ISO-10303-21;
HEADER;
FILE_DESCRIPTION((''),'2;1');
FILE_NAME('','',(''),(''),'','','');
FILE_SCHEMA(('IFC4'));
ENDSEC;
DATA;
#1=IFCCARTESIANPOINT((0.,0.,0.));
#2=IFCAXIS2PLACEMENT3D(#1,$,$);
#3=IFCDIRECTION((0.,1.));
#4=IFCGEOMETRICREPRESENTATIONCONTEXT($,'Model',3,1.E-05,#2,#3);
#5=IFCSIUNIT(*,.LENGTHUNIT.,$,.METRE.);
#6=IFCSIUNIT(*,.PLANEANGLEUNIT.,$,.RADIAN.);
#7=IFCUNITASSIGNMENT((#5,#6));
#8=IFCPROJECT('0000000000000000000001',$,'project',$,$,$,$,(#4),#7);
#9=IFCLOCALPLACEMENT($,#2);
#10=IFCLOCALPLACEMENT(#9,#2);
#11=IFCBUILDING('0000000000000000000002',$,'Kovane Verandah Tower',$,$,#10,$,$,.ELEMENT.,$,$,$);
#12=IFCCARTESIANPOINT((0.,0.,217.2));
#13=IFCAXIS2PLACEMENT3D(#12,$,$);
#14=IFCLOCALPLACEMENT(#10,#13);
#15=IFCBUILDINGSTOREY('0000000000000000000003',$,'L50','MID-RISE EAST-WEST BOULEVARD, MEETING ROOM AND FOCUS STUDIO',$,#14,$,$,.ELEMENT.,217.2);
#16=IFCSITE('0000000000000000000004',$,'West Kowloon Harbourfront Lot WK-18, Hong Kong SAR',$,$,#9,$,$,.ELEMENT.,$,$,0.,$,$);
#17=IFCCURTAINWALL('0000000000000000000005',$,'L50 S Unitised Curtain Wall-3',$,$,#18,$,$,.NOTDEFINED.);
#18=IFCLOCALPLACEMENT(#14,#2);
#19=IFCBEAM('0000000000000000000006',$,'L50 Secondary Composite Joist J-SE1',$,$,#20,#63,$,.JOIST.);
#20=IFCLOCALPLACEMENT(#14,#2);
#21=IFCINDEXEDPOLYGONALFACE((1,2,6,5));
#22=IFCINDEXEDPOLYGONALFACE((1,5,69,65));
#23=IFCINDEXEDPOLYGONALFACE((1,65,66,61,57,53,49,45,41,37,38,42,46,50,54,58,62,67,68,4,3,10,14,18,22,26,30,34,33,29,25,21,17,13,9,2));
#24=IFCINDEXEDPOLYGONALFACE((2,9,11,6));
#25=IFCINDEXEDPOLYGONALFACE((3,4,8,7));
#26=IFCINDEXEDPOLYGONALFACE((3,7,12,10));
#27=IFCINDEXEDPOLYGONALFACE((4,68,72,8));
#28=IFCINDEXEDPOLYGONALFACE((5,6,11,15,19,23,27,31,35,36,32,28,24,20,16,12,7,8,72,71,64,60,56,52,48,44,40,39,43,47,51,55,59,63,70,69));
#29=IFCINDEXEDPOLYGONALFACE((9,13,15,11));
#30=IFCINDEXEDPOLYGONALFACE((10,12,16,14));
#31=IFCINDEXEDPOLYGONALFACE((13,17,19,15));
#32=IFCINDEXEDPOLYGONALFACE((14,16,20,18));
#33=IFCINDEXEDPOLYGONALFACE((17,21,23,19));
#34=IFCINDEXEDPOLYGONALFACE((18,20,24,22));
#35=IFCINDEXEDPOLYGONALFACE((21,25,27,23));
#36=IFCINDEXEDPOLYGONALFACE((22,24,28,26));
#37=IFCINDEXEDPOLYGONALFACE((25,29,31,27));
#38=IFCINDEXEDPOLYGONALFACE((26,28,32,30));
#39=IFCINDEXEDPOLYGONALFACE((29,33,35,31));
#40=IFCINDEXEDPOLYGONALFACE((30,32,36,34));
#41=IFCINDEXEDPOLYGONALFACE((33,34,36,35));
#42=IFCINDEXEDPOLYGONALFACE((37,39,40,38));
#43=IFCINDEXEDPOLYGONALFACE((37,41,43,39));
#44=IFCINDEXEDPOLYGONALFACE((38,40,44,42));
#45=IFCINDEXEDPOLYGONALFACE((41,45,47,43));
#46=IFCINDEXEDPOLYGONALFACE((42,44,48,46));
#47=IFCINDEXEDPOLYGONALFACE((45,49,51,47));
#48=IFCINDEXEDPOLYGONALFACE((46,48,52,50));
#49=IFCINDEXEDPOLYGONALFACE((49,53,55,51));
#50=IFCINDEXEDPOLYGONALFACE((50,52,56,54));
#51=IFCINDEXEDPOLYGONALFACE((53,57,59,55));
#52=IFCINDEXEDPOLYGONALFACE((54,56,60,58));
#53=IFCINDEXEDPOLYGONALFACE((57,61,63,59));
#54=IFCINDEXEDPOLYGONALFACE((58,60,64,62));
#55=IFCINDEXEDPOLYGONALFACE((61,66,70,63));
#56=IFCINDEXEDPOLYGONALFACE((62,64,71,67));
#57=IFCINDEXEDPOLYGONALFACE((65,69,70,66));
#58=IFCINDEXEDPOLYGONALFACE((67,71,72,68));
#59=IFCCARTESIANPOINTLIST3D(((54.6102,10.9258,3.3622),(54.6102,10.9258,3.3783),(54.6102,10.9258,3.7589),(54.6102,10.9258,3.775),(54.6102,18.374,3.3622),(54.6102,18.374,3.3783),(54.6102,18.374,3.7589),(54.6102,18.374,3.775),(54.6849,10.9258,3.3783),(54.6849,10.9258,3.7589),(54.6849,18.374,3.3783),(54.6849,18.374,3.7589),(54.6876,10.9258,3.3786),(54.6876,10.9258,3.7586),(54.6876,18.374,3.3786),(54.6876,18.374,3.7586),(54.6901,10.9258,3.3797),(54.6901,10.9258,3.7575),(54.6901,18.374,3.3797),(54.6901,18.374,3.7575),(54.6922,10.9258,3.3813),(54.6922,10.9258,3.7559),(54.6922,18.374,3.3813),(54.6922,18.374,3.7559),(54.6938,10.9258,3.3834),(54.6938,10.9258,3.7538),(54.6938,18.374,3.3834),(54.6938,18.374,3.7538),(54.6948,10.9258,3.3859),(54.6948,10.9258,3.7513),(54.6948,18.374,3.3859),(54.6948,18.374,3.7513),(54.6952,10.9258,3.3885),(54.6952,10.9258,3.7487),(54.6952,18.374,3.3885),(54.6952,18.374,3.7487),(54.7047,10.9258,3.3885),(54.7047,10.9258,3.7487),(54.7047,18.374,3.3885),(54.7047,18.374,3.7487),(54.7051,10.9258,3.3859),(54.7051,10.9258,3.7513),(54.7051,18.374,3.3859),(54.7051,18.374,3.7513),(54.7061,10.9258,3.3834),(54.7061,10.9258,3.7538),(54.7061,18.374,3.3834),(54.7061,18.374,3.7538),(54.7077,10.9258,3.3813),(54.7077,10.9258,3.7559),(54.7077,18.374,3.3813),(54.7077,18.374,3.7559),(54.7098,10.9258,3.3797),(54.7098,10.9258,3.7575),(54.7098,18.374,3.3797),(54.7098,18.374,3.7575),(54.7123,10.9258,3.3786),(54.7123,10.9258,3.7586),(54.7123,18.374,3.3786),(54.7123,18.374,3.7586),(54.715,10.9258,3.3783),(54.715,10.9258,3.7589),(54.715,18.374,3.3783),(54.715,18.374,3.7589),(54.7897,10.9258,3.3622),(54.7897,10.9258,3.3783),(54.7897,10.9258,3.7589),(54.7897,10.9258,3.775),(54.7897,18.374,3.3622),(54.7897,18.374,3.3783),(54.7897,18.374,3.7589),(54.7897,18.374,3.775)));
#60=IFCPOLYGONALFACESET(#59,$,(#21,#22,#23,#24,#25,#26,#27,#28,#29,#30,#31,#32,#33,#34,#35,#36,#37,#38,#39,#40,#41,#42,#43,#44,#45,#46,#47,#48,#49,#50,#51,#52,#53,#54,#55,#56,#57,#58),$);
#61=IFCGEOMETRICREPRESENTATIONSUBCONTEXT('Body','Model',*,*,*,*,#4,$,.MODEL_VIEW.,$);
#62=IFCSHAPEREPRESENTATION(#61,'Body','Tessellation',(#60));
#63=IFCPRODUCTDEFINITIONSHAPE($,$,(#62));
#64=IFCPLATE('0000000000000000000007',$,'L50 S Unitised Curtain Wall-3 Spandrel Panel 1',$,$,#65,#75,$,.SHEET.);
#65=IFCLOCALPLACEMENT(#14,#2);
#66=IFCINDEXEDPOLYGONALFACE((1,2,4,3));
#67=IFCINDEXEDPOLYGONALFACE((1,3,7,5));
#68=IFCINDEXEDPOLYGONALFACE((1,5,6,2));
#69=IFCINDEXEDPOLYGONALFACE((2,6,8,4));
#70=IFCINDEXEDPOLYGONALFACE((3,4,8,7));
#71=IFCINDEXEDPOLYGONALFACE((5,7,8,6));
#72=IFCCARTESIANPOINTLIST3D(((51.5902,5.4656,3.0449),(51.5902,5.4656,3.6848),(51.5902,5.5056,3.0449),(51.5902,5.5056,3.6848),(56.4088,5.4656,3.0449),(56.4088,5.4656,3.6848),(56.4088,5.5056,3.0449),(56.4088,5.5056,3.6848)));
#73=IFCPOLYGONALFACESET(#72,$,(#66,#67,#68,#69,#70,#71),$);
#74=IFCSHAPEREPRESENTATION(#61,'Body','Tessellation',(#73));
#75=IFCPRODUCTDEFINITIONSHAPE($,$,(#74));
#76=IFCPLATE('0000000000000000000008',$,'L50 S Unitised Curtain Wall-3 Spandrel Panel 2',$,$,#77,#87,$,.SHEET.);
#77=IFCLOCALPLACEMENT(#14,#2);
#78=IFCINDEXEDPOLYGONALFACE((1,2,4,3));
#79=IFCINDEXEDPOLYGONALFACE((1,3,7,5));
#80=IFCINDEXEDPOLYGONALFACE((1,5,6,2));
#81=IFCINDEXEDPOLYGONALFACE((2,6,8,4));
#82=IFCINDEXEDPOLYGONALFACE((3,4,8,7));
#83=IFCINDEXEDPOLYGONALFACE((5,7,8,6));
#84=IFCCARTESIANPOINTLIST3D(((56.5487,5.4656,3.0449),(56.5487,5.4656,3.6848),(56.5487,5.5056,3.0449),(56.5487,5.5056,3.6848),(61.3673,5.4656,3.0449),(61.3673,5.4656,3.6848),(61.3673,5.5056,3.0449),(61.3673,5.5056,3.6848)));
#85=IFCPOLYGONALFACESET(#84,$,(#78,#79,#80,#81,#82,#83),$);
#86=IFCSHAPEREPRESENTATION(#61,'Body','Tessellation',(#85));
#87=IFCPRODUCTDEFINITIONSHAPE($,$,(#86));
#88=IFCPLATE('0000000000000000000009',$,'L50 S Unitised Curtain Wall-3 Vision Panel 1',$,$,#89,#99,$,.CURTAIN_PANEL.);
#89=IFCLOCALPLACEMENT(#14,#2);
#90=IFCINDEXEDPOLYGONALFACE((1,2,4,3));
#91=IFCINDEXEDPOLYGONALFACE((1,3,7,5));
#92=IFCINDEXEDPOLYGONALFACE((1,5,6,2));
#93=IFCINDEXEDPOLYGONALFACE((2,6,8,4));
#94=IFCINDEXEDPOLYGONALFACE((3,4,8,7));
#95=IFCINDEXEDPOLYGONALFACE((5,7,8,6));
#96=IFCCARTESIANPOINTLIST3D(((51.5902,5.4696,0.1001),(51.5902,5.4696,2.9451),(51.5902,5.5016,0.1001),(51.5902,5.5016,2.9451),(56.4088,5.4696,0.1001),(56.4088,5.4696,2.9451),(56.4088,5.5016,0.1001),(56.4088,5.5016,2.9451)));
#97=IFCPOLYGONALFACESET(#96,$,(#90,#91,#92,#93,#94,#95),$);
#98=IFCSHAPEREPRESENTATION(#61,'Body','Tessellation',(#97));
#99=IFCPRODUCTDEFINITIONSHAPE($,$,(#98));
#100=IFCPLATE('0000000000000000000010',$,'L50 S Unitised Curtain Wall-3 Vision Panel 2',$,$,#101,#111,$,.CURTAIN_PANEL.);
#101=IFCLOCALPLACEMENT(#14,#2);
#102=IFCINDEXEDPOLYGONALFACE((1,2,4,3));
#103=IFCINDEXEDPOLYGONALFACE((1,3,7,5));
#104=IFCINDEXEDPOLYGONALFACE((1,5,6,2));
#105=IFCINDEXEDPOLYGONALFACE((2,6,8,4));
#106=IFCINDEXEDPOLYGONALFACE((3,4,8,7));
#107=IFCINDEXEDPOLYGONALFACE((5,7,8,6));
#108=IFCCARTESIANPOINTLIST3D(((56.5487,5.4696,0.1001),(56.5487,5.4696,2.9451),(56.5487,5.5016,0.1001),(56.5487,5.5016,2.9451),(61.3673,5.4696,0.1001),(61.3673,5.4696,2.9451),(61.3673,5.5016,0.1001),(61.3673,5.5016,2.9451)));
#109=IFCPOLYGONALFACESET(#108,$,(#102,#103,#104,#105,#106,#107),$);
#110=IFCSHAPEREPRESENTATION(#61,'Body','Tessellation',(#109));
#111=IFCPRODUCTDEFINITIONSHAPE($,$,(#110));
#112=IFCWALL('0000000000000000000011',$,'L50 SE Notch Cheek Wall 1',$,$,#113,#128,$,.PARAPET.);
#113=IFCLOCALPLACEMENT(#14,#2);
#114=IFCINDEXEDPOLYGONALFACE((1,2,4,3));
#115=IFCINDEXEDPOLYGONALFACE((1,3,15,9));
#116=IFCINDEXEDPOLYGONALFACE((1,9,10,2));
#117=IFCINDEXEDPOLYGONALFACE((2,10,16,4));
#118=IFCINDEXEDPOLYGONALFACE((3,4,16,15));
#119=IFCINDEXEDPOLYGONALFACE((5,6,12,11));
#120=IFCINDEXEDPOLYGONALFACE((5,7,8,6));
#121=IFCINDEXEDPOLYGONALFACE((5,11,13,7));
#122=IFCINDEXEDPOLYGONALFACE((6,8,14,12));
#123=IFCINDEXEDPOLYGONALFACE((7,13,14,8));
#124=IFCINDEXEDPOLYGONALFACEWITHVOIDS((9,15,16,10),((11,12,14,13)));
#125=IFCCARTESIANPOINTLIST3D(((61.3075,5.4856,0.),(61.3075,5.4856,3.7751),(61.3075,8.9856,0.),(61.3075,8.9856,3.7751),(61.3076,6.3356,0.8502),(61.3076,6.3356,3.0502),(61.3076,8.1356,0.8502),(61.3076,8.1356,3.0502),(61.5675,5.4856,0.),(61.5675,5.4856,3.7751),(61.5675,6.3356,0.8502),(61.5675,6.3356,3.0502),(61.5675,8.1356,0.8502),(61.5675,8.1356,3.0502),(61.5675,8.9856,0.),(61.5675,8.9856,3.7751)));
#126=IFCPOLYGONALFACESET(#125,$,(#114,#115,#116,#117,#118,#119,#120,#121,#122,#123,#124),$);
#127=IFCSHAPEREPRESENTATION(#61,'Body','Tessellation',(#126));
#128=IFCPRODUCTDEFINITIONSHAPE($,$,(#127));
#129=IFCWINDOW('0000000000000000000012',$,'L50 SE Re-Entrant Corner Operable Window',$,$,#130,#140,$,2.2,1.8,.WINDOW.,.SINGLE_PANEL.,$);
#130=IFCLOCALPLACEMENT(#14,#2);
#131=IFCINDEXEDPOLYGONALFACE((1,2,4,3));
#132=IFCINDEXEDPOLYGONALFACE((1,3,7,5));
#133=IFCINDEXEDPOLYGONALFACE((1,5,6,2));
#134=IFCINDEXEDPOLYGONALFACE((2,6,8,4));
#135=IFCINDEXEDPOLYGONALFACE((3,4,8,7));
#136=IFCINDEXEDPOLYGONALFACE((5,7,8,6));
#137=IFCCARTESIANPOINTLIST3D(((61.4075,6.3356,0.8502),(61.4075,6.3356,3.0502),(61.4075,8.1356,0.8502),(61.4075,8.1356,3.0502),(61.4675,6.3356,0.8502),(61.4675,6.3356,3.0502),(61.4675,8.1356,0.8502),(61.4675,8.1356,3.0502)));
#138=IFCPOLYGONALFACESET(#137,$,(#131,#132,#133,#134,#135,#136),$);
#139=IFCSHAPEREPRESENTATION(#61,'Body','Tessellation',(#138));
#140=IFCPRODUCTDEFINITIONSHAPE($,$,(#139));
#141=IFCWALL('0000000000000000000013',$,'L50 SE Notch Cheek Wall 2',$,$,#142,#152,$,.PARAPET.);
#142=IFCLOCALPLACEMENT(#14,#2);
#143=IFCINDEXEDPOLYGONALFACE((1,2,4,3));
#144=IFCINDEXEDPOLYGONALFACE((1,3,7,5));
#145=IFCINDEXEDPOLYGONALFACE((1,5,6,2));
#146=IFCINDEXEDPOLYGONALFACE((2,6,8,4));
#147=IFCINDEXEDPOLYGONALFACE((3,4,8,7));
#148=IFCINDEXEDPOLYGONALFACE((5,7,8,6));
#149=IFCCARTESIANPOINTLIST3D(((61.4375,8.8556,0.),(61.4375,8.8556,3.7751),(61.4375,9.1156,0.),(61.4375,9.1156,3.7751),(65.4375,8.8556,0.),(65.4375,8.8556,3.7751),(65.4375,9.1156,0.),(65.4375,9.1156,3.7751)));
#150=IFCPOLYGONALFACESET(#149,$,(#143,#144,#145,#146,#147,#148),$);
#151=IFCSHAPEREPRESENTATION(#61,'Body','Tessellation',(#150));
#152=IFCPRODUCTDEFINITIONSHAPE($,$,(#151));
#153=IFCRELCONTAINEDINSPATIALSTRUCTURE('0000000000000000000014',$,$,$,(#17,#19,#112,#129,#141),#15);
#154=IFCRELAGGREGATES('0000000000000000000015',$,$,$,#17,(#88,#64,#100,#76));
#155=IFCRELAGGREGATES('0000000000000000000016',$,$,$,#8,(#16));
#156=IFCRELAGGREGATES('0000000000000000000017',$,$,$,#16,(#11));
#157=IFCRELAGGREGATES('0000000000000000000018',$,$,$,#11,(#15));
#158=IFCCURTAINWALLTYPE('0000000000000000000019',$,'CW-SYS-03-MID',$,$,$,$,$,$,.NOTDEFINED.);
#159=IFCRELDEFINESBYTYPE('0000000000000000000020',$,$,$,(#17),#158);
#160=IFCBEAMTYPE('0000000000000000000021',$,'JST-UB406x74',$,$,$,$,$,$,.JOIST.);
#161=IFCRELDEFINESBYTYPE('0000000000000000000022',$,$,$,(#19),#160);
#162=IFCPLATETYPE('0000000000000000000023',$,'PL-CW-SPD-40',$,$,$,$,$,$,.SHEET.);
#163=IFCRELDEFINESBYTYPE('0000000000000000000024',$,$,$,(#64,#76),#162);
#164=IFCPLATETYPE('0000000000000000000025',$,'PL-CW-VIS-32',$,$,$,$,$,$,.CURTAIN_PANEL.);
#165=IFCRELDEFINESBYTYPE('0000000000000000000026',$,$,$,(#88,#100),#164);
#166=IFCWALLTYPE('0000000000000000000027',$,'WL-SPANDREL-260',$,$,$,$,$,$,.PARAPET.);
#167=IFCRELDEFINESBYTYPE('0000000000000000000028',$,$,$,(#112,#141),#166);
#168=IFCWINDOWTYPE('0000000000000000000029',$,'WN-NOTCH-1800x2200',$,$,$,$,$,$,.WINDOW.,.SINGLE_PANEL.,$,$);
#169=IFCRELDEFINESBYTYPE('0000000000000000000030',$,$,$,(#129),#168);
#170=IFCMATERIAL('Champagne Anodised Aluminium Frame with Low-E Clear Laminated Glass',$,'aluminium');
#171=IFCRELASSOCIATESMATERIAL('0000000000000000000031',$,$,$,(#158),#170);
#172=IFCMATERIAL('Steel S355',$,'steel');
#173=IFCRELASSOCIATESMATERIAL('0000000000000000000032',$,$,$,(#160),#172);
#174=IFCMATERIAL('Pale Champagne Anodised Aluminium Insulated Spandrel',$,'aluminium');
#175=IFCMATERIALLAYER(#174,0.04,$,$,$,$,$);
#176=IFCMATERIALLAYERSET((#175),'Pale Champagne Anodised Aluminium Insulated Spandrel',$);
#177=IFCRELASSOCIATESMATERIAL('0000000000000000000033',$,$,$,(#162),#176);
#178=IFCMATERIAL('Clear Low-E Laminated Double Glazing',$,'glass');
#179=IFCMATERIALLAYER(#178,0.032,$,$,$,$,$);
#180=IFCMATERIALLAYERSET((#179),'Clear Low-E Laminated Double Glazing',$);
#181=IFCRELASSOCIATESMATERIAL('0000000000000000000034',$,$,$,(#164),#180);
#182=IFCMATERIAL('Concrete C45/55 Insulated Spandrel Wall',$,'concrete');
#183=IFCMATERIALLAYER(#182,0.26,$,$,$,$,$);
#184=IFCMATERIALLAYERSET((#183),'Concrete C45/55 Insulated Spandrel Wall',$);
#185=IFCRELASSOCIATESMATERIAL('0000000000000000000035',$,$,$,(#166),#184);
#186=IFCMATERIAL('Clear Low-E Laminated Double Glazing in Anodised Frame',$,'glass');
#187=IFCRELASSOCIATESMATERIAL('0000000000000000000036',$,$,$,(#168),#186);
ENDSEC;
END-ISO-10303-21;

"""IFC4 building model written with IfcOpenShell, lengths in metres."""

from ifc_helpers import new_model, si_unit, direction, frame, frame_2d, origin, origin_2d, place, context, subcontext, project, spatial, rectangle, i_section, extrude, material, layer, layer_set, material_profile, profile_set, type_object, element, fill, aggregate, save


model = new_model("IFC4")

# Units and contexts
model_context = context("Model", 3, precision=1e-05, world=origin(), true_north=direction((0.0, 1.0)))
body_context = subcontext(model_context, "Body", "Model", "MODEL_VIEW")
ifc_project = project(units=[si_unit("LENGTHUNIT", "METRE"), si_unit("PLANEANGLEUNIT", "RADIAN")], contexts=[model_context])

# Site, building, storey
site_placement = place(None, origin())
site = spatial("IfcSite", under=ifc_project, at=site_placement, Name="West Kowloon Harbourfront Lot WK-18, Hong Kong SAR", CompositionType="ELEMENT", RefElevation=0.0)
building_placement = place(site_placement, origin())
building = spatial("IfcBuilding", under=site, at=building_placement, Name="Kovane Verandah Tower", CompositionType="ELEMENT")
storey_placement = place(building_placement, frame((0.0, 0.0, 217.2)))
storey = spatial("IfcBuildingStorey", under=building, at=storey_placement, Name="L50", Description="MID-RISE EAST-WEST BOULEVARD, MEETING ROOM AND FOCUS STUDIO", CompositionType="ELEMENT", Elevation=217.2)

# Shared definitions
ifc_material_1 = material(Name="Steel S355", Category="steel")

# Curtain wall
ifc_material_2 = material(Name="Champagne Anodised Aluminium Frame with Low-E Clear Laminated Glass", Category="aluminium")
curtain_wall_type = type_object("IfcCurtainWallType", Name="CW-SYS-03-MID", PredefinedType="NOTDEFINED", material=ifc_material_2)
curtain_wall_placement = place(storey_placement, origin())
curtain_wall = element("IfcCurtainWall", 1, at=curtain_wall_placement, inside=storey, type_object=curtain_wall_type, Name="L50 S Unitised Curtain Wall-3", PredefinedType="NOTDEFINED")

# Beam
ifc_material_profile_1 = material_profile(ifc_material_1, i_section(OverallWidth=0.1794, OverallDepth=0.4128, WebThickness=0.0095, FlangeThickness=0.0161, FilletRadius=0.0103, at=origin_2d()), Name="UB406x178x74")
ifc_profile_set_1 = profile_set([ifc_material_profile_1], Name="Steel S355")
beam_type_1 = type_object("IfcBeamType", Name="JST-UB406x74", PredefinedType="JOIST", material=ifc_profile_set_1)
beam_1_placement = place(storey_placement, frame((54.7, 10.9258, 3.5686), z_axis=(0.0, 1.0, 0.0), x_axis=(-1.0, 0.0, 0.0)))
element("IfcBeam", 2, at=beam_1_placement, inside=storey, type_object=beam_type_1, Name="L50 Secondary Composite Joist J-SE1", PredefinedType="JOIST", context=body_context, shape_type="SweptSolid", body=[
    extrude(i_section(OverallWidth=0.1794, OverallDepth=0.4128, WebThickness=0.0095, FlangeThickness=0.0161, FilletRadius=0.0103, at=origin_2d()), origin(), (0.0, 0.0, 1.0), 7.4482),
])

# Plates
ifc_material_3 = material(Name="Pale Champagne Anodised Aluminium Insulated Spandrel", Category="aluminium")
ifc_layer_1 = layer(ifc_material_3, 0.04)
ifc_layer_set_1 = layer_set([ifc_layer_1], Name="Pale Champagne Anodised Aluminium Insulated Spandrel")
plate_type_1 = type_object("IfcPlateType", Name="PL-CW-SPD-40", PredefinedType="SHEET", material=ifc_layer_set_1)
plate_1_placement = place(storey_placement, frame((53.9995, 5.4856, 3.0449), z_axis=(0.0, 0.0, 1.0), x_axis=(1.0, 0.0, 0.0)))
plate_1 = element("IfcPlate", 3, at=plate_1_placement, type_object=plate_type_1, Name="L50 S Unitised Curtain Wall-3 Spandrel Panel 1", PredefinedType="SHEET", context=body_context, shape_type="SweptSolid", body=[
    extrude(rectangle(XDim=4.8186, YDim=0.04, at=origin_2d()), origin(), (0.0, 0.0, 1.0), 0.6399),
])
plate_2_placement = place(storey_placement, frame((58.958, 5.4856, 3.0449), z_axis=(0.0, 0.0, 1.0), x_axis=(1.0, 0.0, 0.0)))
plate_2 = element("IfcPlate", 4, at=plate_2_placement, type_object=plate_type_1, Name="L50 S Unitised Curtain Wall-3 Spandrel Panel 2", PredefinedType="SHEET", context=body_context, shape_type="SweptSolid", body=[
    extrude(rectangle(XDim=4.8186, YDim=0.04, at=origin_2d()), origin(), (0.0, 0.0, 1.0), 0.6399),
])
ifc_material_4 = material(Name="Clear Low-E Laminated Double Glazing", Category="glass")
ifc_layer_2 = layer(ifc_material_4, 0.032)
ifc_layer_set_2 = layer_set([ifc_layer_2], Name="Clear Low-E Laminated Double Glazing")
plate_type_2 = type_object("IfcPlateType", Name="PL-CW-VIS-32", PredefinedType="CURTAIN_PANEL", material=ifc_layer_set_2)
plate_3_placement = place(storey_placement, frame((53.9995, 5.4856, 0.1001), z_axis=(0.0, 0.0, 1.0), x_axis=(1.0, 0.0, 0.0)))
plate_3 = element("IfcPlate", 5, at=plate_3_placement, type_object=plate_type_2, Name="L50 S Unitised Curtain Wall-3 Vision Panel 1", PredefinedType="CURTAIN_PANEL", context=body_context, shape_type="SweptSolid", body=[
    extrude(rectangle(XDim=4.8186, YDim=0.032, at=origin_2d()), origin(), (0.0, 0.0, 1.0), 2.845),
])
plate_4_placement = place(storey_placement, frame((58.958, 5.4856, 0.1001), z_axis=(0.0, 0.0, 1.0), x_axis=(1.0, 0.0, 0.0)))
plate_4 = element("IfcPlate", 6, at=plate_4_placement, type_object=plate_type_2, Name="L50 S Unitised Curtain Wall-3 Vision Panel 2", PredefinedType="CURTAIN_PANEL", context=body_context, shape_type="SweptSolid", body=[
    extrude(rectangle(XDim=4.8186, YDim=0.032, at=origin_2d()), origin(), (0.0, 0.0, 1.0), 2.845),
])
aggregate(curtain_wall, [plate_3, plate_1, plate_4, plate_2])

# Shared definitions
ifc_material_5 = material(Name="Concrete C45/55 Insulated Spandrel Wall", Category="concrete")
ifc_layer_3 = layer(ifc_material_5, 0.26)
ifc_layer_set_3 = layer_set([ifc_layer_3], Name="Concrete C45/55 Insulated Spandrel Wall")
wall_type = type_object("IfcWallType", Name="WL-SPANDREL-260", PredefinedType="PARAPET", material=ifc_layer_set_3)
ifc_material_6 = material(Name="Clear Low-E Laminated Double Glazing in Anodised Frame", Category="glass")

# Wall, opening, window
wall_1_placement = place(storey_placement, frame((61.4375, 5.4856, 0.0), z_axis=(0.0, 0.0, 1.0), x_axis=(0.0, 1.0, 0.0)))
wall_1 = element("IfcWall", 7, at=wall_1_placement, inside=storey, type_object=wall_type, Name="L50 SE Notch Cheek Wall 1", PredefinedType="PARAPET", context=body_context, shape_type="SweptSolid", body=[
    extrude(rectangle(XDim=3.5, YDim=0.26, at=frame_2d((1.75, 0.0))), origin(), (0.0, 0.0, 1.0), 3.7751),
])
opening_1_placement = place(wall_1_placement, frame((0.8501, 0.0, 0.8501)))
opening_1 = element("IfcOpeningElement", 8, at=opening_1_placement, cuts=wall_1, PredefinedType="OPENING", context=body_context, shape_type="SweptSolid", body=[
    extrude(rectangle(XDim=1.8, YDim=2.2, at=frame_2d((0.8999, 1.1001))), frame((0.0, 0.1299, 0.0), z_axis=(0.0, -1.0, 0.0), x_axis=(1.0, 0.0, 0.0)), (0.0, 0.0, 1.0), 0.26),
])
window_type_1 = type_object("IfcWindowType", Name="WN-NOTCH-1800x2200", PartitioningType="SINGLE_PANEL", PredefinedType="WINDOW", material=ifc_material_6)
window_1_placement = place(opening_1_placement, origin())
window_1 = element("IfcWindow", 9, at=window_1_placement, inside=storey, type_object=window_type_1, Name="L50 SE Re-Entrant Corner Operable Window", OverallHeight=2.2, OverallWidth=1.8, PartitioningType="SINGLE_PANEL", PredefinedType="WINDOW", context=body_context, shape_type="SweptSolid", body=[
    extrude(rectangle(XDim=1.8, YDim=2.2, at=frame_2d((0.8999, 1.1001))), frame((0.0, 0.03, 0.0), z_axis=(0.0, -1.0, 0.0), x_axis=(1.0, 0.0, 0.0)), (0.0, 0.0, 1.0), 0.0601),
])
fill(opening_1, window_1)

# Wall
wall_2_placement = place(storey_placement, frame((61.4375, 8.9856, 0.0), z_axis=(0.0, 0.0, 1.0), x_axis=(1.0, 0.0, 0.0)))
element("IfcWall", 10, at=wall_2_placement, inside=storey, type_object=wall_type, Name="L50 SE Notch Cheek Wall 2", PredefinedType="PARAPET", context=body_context, shape_type="SweptSolid", body=[
    extrude(rectangle(XDim=4.0, YDim=0.26, at=frame_2d((2.0, 0.0))), origin(), (0.0, 0.0, 1.0), 3.7751),
])

save(model, "model.ifc")
